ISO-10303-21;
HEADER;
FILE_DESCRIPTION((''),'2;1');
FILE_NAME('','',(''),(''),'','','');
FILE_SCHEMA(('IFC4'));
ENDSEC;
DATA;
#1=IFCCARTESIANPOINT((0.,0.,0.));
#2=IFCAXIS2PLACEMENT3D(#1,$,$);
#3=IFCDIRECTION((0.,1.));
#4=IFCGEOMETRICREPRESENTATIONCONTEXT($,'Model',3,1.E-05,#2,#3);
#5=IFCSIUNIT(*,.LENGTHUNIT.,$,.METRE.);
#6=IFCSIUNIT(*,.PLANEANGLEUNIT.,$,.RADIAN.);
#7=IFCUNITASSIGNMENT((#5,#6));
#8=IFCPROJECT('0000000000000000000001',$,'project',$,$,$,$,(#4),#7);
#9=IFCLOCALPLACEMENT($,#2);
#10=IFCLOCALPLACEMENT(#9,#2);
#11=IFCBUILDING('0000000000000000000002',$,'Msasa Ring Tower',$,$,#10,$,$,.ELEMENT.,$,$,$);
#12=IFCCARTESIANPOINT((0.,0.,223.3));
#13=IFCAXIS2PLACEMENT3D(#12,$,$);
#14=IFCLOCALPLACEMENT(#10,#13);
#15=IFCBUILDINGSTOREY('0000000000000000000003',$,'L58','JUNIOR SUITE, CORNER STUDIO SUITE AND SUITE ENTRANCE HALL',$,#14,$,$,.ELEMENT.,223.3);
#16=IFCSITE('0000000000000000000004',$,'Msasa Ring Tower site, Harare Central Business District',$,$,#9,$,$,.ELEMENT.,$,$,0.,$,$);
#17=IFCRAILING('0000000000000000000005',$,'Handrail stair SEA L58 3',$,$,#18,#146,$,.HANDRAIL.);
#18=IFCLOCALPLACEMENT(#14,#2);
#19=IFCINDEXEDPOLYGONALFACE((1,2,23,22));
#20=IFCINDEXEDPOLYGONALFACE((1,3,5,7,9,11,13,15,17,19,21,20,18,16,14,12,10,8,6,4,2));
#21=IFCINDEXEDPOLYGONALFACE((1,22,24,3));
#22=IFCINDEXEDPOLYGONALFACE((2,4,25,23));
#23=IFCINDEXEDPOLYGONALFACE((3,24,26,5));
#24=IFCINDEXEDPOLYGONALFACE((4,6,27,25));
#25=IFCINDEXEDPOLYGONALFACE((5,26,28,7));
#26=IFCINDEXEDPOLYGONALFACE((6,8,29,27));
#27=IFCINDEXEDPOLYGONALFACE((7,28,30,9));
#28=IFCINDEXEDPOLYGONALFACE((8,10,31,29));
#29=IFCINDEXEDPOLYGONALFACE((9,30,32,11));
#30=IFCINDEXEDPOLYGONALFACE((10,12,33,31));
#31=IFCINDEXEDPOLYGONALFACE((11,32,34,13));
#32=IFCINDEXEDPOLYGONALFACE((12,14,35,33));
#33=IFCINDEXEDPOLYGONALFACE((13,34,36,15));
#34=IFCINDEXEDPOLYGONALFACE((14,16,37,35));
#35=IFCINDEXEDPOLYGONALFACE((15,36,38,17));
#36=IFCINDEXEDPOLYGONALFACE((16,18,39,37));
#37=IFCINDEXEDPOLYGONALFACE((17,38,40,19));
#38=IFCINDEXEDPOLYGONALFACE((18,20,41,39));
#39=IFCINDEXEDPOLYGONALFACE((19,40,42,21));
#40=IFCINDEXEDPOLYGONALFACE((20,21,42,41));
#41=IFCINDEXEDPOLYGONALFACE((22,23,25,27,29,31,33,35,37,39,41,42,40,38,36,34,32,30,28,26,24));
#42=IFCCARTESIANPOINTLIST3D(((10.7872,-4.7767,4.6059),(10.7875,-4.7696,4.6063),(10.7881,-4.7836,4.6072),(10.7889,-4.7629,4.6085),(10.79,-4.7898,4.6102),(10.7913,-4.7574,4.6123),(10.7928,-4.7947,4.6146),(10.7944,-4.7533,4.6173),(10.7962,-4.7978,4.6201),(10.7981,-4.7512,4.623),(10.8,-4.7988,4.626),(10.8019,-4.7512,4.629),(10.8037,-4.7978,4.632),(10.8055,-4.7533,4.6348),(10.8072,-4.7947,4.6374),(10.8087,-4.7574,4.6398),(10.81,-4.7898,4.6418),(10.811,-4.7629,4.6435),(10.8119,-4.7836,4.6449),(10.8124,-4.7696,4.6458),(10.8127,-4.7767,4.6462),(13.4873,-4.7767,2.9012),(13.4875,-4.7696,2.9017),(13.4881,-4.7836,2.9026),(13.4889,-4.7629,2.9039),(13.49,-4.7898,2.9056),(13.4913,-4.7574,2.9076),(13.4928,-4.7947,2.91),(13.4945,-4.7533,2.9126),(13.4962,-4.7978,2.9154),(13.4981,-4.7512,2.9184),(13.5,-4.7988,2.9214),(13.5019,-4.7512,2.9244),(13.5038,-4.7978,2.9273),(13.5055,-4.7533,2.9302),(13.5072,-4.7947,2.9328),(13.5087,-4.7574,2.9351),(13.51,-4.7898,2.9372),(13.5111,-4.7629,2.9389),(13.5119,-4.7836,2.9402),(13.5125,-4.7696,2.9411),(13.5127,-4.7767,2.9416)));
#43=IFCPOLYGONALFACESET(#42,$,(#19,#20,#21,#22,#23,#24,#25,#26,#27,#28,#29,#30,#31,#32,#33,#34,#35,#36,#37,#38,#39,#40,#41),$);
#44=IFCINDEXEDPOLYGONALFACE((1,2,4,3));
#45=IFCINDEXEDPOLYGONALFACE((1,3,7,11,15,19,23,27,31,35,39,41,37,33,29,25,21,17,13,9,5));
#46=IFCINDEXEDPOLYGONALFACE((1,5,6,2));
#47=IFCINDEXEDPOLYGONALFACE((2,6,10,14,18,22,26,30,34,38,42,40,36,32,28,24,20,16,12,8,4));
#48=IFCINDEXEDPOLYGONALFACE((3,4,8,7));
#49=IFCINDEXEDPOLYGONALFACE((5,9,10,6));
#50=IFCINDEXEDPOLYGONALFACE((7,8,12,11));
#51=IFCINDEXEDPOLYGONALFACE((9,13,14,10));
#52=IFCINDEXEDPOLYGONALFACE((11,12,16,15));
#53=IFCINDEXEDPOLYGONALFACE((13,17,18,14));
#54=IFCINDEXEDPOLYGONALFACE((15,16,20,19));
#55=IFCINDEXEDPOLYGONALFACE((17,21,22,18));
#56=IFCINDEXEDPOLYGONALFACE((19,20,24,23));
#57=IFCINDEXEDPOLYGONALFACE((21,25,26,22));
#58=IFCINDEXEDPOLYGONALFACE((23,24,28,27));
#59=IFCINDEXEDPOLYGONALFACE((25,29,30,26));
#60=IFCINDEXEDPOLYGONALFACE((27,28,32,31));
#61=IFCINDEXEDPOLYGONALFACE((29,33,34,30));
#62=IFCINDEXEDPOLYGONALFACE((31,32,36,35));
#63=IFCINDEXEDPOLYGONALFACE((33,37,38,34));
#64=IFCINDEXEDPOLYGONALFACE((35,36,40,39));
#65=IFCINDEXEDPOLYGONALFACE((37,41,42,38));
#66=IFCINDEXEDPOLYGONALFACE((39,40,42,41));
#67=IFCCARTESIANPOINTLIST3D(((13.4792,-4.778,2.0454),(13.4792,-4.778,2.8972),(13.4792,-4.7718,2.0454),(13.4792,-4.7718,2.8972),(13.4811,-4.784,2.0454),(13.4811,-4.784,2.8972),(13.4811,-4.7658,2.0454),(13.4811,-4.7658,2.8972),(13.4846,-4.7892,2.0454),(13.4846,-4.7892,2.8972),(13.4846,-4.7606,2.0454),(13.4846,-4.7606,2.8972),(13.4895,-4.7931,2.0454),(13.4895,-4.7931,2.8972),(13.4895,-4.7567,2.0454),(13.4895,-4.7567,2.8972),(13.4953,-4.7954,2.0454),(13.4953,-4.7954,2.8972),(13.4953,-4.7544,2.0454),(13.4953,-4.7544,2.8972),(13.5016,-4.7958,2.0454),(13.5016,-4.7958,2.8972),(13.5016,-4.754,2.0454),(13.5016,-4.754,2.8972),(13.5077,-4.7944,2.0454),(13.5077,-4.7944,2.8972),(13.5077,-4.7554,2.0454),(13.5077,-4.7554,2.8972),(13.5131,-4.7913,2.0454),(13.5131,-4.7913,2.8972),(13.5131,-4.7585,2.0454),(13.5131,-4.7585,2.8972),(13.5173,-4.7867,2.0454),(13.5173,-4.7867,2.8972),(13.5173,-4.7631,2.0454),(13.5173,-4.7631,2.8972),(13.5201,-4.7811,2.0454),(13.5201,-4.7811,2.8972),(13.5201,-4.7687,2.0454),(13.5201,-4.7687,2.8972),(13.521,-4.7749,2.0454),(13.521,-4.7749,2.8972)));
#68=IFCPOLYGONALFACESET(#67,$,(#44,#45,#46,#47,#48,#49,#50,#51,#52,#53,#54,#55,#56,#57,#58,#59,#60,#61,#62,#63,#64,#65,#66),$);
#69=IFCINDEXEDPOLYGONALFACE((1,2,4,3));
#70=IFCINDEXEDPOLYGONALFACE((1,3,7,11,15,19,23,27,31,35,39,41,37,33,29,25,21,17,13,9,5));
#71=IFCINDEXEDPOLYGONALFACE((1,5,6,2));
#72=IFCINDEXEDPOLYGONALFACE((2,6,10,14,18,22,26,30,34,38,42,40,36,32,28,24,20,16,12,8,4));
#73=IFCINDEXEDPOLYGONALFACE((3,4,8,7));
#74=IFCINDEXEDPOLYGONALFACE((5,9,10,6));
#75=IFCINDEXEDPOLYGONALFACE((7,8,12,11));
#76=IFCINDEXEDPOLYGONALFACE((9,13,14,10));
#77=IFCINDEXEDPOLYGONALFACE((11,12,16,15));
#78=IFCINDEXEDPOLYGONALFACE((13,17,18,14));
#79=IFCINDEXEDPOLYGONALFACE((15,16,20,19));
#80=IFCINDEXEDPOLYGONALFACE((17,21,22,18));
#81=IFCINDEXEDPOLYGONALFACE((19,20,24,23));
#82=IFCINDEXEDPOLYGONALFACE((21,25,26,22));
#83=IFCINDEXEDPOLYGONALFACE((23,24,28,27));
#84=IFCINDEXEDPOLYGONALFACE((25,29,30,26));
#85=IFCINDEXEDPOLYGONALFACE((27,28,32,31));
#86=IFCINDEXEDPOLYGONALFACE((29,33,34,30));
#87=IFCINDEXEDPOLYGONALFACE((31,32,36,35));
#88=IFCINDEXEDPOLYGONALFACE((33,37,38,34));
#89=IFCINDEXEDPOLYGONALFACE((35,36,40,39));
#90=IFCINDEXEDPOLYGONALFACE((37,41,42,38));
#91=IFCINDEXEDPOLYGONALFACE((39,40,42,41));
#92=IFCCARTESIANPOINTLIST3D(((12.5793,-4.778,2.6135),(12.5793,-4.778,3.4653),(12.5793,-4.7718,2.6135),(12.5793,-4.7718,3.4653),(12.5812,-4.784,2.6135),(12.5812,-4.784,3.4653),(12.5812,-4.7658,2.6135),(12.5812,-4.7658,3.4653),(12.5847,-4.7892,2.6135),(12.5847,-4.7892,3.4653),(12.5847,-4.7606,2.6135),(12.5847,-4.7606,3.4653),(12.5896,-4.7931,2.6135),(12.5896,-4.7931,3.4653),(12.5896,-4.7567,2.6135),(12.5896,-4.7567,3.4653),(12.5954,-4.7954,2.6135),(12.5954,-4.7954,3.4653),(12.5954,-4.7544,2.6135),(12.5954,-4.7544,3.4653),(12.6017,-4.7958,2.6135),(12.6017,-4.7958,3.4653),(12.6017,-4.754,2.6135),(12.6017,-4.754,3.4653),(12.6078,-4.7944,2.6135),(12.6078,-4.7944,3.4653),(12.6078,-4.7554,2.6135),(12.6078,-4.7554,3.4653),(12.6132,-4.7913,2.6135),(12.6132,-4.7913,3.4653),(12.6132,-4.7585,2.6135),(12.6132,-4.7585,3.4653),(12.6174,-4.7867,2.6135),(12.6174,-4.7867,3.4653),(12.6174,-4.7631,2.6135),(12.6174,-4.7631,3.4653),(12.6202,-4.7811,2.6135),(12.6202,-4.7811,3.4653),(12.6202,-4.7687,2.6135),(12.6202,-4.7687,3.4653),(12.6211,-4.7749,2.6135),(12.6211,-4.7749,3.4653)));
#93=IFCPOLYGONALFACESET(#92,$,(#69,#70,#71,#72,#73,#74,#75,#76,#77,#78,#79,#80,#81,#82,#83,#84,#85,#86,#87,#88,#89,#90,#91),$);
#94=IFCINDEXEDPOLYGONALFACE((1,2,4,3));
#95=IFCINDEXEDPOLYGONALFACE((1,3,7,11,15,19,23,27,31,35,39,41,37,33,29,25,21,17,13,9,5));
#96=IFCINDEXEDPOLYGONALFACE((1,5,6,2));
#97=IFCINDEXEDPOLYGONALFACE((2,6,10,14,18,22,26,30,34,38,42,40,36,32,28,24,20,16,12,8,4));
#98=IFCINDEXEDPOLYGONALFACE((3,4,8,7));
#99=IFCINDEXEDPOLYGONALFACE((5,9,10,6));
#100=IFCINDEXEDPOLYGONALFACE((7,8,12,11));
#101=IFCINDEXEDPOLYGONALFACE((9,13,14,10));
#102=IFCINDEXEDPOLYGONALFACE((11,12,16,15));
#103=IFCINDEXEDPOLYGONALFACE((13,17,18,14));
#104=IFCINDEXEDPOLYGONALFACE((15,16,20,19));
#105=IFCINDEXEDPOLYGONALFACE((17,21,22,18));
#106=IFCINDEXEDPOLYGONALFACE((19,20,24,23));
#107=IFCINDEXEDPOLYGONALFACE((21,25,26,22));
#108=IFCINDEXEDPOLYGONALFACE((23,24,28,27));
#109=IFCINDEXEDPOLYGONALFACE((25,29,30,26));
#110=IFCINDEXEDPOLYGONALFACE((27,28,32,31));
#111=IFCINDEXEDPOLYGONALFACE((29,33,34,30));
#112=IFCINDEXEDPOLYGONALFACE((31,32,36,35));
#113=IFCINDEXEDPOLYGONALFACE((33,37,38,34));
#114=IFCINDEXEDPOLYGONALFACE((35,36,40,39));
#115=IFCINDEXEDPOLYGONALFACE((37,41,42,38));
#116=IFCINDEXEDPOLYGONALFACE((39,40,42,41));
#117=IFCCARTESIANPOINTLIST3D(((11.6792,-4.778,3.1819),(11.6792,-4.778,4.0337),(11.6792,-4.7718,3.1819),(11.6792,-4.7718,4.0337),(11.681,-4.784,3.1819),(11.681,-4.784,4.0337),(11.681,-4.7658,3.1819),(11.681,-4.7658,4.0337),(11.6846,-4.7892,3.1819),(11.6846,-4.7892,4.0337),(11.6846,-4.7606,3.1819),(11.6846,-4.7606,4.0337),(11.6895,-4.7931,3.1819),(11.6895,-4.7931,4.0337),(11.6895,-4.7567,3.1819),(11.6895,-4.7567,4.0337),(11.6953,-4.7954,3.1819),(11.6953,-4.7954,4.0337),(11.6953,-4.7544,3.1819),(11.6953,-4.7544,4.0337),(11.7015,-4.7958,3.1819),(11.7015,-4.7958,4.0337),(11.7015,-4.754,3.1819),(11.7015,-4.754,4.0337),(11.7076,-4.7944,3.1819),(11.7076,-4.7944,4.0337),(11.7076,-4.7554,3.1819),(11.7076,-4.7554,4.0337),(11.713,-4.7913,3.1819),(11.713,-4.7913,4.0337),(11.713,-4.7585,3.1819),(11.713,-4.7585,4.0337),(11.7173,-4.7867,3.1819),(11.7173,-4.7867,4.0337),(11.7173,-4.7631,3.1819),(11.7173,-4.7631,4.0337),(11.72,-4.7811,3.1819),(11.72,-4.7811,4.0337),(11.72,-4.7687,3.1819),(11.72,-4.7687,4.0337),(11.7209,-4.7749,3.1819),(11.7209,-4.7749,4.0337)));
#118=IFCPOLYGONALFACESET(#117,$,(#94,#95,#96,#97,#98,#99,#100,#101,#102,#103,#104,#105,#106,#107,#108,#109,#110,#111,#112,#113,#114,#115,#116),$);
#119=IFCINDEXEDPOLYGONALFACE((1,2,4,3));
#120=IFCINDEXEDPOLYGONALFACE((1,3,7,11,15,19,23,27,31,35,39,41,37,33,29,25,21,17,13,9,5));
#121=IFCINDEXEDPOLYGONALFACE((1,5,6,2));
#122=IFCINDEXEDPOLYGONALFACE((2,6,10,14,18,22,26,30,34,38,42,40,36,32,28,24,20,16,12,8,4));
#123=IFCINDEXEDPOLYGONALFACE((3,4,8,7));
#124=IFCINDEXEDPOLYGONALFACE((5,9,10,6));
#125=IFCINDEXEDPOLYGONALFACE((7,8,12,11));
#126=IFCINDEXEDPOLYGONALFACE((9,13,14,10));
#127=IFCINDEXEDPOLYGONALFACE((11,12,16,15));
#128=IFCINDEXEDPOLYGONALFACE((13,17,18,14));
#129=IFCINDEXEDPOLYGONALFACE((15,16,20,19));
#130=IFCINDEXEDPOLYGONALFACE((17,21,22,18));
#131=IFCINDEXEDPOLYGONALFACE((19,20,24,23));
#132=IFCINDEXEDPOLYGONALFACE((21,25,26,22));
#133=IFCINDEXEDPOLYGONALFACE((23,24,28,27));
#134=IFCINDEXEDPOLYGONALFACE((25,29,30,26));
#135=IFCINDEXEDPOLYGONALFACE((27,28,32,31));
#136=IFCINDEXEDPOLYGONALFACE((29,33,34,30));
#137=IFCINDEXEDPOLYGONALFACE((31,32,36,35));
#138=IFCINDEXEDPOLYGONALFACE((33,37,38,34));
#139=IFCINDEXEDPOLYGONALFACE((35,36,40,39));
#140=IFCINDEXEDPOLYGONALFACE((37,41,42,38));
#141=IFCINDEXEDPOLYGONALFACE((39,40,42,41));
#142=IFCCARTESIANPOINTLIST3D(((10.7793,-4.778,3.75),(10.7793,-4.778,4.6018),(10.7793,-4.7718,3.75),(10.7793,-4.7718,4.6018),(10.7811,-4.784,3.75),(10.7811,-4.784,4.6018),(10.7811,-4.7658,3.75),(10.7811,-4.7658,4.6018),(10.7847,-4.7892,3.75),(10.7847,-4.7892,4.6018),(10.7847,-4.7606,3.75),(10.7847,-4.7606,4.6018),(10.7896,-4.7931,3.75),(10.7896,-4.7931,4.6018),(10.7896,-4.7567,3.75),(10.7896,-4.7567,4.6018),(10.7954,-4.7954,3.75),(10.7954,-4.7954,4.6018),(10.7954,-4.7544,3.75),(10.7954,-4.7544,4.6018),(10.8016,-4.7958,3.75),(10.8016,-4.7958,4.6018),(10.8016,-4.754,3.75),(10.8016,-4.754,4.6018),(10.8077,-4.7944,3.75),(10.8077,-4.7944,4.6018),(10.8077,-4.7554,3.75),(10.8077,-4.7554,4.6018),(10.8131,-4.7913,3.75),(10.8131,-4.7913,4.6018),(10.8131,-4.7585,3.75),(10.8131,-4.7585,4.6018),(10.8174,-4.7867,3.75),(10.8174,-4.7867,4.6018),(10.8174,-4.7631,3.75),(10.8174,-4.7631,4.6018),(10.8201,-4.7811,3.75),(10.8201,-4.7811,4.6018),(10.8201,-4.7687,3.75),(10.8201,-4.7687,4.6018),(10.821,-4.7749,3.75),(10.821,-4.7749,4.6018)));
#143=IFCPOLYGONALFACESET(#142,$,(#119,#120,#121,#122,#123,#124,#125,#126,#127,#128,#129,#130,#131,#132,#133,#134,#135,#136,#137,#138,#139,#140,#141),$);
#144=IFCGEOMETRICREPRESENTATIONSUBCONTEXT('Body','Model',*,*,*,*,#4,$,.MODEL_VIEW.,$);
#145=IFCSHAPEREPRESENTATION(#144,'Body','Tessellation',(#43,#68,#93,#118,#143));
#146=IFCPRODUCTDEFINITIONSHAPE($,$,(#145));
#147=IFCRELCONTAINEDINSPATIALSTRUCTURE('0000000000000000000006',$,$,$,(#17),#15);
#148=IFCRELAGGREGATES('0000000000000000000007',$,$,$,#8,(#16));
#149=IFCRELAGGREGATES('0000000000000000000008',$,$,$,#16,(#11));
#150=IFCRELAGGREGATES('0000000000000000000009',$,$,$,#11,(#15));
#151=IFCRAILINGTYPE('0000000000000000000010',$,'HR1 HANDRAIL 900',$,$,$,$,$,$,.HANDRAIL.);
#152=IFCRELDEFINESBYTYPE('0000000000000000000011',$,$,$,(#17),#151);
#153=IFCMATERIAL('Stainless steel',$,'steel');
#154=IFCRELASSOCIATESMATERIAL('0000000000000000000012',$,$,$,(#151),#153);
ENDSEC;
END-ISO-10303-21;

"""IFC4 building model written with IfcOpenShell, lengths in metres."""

from ifc_helpers import new_model, si_unit, direction, frame, origin, origin_2d, place, context, subcontext, project, spatial, circle, extrude, material, type_object, element, save


model = new_model("IFC4")

# Units and contexts
model_context = context("Model", 3, precision=1e-05, world=origin(), true_north=direction((0.0, 1.0)))
body_context = subcontext(model_context, "Body", "Model", "MODEL_VIEW")
ifc_project = project(units=[si_unit("LENGTHUNIT", "METRE"), si_unit("PLANEANGLEUNIT", "RADIAN")], contexts=[model_context])

# Site, building, storey
site_placement = place(None, origin())
site = spatial("IfcSite", under=ifc_project, at=site_placement, Name="Msasa Ring Tower site, Harare Central Business District", CompositionType="ELEMENT", RefElevation=0.0)
building_placement = place(site_placement, origin())
building = spatial("IfcBuilding", under=site, at=building_placement, Name="Msasa Ring Tower", CompositionType="ELEMENT")
storey_placement = place(building_placement, frame((0.0, 0.0, 223.3)))
storey = spatial("IfcBuildingStorey", under=building, at=storey_placement, Name="L58", Description="JUNIOR SUITE, CORNER STUDIO SUITE AND SUITE ENTRANCE HALL", CompositionType="ELEMENT", Elevation=223.3)

# Railing
ifc_material_1 = material(Name="Stainless steel", Category="steel")
railing_type = type_object("IfcRailingType", Name="HR1 HANDRAIL 900", PredefinedType="HANDRAIL", material=ifc_material_1)
for number, where, name in (
    (1, (13.5, -4.7749, 2.0454), "Handrail stair SEA L58 3"),
):
    element("IfcRailing", number, at=place(storey_placement, frame(where)), inside=storey, type_object=railing_type, Name=name, PredefinedType="HANDRAIL", context=body_context, shape_type="SweptSolid", body=[
        extrude(circle(Radius=0.0239, at=origin_2d()), frame((0.0, 0.0, 0.876), z_axis=(-0.84558, 0.0, 0.533849), x_axis=(0.0, -1.0, 0.0)), (0.0, 0.0, 1.0), 3.1931),
        extrude(circle(Radius=0.021, at=origin_2d()), origin(), (0.0, 0.0, 1.0), 0.8518),
        extrude(circle(Radius=0.021, at=origin_2d()), frame((-0.8999, 0.0, 0.5681)), (0.0, 0.0, 1.0), 0.8518),
        extrude(circle(Radius=0.021, at=origin_2d()), frame((-1.8, 0.0, 1.1365)), (0.0, 0.0, 1.0), 0.8518),
        extrude(circle(Radius=0.021, at=origin_2d()), frame((-2.7, 0.0, 1.7046)), (0.0, 0.0, 1.0), 0.8518),
    ])

save(model, "model.ifc")
